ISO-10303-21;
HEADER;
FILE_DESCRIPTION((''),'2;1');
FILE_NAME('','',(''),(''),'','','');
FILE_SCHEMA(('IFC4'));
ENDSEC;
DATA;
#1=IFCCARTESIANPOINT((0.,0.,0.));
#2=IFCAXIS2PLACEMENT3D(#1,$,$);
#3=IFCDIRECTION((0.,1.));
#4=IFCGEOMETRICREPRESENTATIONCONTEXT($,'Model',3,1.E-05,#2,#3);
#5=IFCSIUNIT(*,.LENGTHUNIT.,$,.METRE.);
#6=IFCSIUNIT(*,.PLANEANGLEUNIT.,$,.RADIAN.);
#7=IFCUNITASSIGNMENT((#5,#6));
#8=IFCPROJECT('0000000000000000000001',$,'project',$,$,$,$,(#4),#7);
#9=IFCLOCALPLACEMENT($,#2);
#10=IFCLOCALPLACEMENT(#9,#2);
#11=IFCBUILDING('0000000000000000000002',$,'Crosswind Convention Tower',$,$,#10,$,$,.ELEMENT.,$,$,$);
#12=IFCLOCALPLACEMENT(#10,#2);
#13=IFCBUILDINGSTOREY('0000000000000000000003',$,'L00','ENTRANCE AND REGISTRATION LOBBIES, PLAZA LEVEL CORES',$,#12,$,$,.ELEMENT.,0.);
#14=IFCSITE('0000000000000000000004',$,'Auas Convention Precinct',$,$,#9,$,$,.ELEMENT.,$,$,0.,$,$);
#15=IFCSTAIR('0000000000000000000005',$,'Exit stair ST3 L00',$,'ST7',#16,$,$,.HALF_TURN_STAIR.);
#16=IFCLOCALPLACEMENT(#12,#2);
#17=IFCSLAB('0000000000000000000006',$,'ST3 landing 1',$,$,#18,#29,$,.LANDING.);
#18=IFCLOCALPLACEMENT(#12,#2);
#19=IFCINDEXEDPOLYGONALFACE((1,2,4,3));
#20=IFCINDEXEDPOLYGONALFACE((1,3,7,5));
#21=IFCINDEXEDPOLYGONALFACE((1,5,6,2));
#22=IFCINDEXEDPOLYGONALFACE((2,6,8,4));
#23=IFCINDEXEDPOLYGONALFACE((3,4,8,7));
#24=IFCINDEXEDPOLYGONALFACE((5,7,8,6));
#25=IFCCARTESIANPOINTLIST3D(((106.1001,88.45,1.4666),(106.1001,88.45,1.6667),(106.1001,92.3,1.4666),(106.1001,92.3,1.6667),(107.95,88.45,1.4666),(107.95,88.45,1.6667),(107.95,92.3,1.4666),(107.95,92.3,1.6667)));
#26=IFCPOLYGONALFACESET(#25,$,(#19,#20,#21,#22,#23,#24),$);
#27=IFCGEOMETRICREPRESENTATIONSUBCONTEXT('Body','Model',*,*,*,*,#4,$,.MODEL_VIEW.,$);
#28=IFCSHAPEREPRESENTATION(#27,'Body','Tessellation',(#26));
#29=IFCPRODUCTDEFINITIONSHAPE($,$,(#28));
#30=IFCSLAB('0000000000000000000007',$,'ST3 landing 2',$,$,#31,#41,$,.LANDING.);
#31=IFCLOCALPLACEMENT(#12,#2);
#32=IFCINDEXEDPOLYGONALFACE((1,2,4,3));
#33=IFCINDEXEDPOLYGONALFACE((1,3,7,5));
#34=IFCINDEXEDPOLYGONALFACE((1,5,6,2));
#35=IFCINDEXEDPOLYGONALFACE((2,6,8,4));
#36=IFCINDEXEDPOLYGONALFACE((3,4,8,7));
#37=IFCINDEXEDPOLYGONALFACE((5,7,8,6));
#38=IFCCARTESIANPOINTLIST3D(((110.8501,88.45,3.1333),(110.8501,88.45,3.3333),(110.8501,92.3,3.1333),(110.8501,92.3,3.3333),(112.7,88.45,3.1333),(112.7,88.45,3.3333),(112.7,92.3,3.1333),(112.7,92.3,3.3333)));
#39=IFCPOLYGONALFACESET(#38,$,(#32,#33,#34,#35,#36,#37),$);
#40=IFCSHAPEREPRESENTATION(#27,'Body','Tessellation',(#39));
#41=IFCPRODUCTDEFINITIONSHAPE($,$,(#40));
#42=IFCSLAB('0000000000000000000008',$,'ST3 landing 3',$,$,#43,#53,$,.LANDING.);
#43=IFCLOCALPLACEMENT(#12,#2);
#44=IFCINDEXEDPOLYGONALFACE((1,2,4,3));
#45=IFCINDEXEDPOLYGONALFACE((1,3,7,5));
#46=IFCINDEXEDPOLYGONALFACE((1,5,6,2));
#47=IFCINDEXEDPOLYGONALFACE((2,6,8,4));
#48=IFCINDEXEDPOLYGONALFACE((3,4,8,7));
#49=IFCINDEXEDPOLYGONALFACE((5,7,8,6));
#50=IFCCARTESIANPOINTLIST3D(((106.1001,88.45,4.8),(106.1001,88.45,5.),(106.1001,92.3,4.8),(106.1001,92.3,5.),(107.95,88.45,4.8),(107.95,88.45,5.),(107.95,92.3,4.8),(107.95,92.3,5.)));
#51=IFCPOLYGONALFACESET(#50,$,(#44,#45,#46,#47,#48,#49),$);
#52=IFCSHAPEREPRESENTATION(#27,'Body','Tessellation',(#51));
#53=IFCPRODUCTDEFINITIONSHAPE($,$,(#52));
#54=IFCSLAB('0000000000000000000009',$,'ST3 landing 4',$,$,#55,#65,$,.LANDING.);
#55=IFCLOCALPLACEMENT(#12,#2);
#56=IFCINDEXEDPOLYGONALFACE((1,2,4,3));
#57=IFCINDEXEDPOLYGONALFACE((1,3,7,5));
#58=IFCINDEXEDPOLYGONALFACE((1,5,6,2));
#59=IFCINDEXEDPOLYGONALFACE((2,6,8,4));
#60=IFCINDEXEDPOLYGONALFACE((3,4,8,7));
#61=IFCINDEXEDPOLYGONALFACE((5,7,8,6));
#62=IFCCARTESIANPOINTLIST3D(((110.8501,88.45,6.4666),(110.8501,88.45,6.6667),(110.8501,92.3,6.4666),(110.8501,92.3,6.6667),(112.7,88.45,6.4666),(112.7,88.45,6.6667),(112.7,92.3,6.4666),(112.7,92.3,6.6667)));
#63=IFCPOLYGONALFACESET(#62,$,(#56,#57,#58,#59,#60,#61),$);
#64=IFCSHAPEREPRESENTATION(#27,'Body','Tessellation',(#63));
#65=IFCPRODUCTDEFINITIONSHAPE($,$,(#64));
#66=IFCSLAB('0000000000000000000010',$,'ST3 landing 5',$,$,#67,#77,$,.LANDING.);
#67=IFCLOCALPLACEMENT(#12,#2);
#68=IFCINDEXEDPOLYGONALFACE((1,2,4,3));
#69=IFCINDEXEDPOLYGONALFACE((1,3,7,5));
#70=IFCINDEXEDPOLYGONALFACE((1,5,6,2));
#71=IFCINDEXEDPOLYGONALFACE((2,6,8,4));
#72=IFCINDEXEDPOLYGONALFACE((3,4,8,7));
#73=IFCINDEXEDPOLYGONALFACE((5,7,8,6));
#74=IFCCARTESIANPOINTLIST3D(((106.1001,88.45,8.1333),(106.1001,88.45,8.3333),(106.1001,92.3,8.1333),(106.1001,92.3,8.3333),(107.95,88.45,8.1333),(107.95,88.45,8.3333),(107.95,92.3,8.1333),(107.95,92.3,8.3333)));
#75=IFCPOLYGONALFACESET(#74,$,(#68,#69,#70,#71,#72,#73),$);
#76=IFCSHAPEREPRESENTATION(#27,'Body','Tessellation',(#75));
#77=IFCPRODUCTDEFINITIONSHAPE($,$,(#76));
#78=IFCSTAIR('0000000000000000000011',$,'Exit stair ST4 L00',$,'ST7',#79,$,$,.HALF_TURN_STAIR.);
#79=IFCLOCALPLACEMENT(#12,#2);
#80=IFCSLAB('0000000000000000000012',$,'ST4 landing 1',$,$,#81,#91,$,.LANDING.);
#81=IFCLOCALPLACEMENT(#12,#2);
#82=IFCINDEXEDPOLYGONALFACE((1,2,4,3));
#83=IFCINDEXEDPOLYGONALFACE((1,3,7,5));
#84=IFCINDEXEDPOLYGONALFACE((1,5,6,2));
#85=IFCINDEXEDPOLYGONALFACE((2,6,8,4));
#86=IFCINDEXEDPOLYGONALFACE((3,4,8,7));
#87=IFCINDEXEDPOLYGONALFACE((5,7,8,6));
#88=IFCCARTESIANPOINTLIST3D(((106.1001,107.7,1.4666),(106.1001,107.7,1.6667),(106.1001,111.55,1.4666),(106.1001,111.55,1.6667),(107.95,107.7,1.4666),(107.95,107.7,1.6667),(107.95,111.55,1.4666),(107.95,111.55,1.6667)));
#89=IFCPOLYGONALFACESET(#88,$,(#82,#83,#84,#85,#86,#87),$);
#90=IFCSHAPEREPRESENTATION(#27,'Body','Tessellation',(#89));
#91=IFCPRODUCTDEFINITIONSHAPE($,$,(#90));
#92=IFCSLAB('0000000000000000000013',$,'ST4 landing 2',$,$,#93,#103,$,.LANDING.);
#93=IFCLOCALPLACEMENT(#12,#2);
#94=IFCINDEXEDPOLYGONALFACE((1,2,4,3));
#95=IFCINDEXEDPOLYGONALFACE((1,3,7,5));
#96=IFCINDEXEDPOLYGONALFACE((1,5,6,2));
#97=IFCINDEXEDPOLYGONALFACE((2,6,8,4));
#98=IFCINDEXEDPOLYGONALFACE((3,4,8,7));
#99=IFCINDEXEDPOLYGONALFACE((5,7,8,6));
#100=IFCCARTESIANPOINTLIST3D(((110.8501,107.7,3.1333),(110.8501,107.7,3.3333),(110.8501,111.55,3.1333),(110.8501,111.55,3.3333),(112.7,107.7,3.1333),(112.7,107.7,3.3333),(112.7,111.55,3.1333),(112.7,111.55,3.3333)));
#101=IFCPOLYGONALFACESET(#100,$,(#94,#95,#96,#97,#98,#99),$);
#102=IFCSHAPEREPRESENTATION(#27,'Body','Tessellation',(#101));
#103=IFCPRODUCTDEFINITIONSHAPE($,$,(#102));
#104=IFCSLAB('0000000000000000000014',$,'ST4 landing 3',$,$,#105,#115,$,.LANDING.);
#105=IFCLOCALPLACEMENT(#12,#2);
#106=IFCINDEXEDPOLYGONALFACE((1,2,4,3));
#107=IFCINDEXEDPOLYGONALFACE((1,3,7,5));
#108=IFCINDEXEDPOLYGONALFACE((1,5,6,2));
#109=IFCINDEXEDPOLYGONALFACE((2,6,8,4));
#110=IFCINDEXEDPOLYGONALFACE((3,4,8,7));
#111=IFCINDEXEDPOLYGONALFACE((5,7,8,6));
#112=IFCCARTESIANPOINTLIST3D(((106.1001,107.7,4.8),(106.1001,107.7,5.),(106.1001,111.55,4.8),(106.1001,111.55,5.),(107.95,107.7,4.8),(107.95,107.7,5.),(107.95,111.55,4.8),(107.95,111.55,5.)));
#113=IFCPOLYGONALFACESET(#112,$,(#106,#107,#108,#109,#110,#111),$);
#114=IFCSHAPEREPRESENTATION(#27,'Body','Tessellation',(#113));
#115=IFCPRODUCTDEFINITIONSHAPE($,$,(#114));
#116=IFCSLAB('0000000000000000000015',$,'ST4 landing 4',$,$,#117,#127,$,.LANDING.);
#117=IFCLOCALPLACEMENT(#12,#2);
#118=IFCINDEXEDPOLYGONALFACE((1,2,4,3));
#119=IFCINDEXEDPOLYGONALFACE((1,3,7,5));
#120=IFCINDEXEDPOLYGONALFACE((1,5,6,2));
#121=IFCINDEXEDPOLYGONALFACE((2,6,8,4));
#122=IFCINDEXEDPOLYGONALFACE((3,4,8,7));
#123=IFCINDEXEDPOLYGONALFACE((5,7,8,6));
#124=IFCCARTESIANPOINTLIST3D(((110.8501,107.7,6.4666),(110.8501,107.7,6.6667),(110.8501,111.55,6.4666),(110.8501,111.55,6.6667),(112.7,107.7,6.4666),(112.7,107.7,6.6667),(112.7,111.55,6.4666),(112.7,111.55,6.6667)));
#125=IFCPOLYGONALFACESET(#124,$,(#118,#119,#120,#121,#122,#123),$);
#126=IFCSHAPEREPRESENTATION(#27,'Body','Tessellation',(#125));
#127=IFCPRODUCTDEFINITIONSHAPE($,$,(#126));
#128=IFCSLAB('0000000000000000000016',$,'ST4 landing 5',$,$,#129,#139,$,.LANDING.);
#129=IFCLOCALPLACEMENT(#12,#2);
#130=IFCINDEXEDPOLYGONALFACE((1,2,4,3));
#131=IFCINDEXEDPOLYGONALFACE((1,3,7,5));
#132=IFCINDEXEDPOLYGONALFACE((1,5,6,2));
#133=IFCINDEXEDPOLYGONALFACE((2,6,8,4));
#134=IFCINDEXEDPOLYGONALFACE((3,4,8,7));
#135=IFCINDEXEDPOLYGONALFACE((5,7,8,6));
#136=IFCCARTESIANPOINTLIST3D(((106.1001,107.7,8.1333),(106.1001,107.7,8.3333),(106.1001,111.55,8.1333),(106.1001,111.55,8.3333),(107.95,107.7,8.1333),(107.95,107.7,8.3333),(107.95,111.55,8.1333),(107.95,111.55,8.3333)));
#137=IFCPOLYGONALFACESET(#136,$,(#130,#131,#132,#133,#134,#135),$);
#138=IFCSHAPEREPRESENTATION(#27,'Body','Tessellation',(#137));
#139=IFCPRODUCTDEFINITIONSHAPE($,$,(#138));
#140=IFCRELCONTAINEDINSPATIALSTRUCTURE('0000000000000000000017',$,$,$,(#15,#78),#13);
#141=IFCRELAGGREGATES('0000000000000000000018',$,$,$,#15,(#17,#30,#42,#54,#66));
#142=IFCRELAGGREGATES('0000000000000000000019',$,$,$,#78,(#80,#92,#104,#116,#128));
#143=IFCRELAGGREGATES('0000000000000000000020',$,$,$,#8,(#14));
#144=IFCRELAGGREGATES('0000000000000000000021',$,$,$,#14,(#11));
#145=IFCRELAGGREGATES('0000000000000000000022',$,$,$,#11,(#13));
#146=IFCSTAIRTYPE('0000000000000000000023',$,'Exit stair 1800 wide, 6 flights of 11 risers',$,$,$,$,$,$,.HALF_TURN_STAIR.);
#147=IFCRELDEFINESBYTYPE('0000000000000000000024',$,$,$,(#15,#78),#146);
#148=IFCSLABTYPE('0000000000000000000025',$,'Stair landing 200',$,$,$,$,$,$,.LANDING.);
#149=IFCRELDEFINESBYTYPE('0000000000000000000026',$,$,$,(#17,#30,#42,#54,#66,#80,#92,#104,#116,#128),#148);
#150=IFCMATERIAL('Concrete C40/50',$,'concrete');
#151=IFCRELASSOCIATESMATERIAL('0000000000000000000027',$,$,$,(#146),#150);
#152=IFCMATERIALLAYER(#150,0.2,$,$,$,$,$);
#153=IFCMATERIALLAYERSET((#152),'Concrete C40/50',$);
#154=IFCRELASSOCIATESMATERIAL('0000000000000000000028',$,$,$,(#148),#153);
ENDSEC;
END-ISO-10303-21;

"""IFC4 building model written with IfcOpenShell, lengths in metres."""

from ifc_helpers import new_model, si_unit, direction, frame, origin, place, context, subcontext, project, spatial, polyline, outline, extrude, material, layer, layer_set, type_object, element, aggregate, save


model = new_model("IFC4")

# Units and contexts
model_context = context("Model", 3, precision=1e-05, world=origin(), true_north=direction((0.0, 1.0)))
body_context = subcontext(model_context, "Body", "Model", "MODEL_VIEW")
ifc_project = project(units=[si_unit("LENGTHUNIT", "METRE"), si_unit("PLANEANGLEUNIT", "RADIAN")], contexts=[model_context])

# Site, building, storey
site_placement = place(None, origin())
site = spatial("IfcSite", under=ifc_project, at=site_placement, Name="Auas Convention Precinct", CompositionType="ELEMENT", RefElevation=0.0)
building_placement = place(site_placement, origin())
building = spatial("IfcBuilding", under=site, at=building_placement, Name="Crosswind Convention Tower", CompositionType="ELEMENT")
storey_placement = place(building_placement, origin())
storey = spatial("IfcBuildingStorey", under=building, at=storey_placement, Name="L00", Description="ENTRANCE AND REGISTRATION LOBBIES, PLAZA LEVEL CORES", CompositionType="ELEMENT", Elevation=0.0)

# Shared definitions
ifc_material_1 = material(Name="Concrete C40/50", Category="concrete")

# Stairs, slabs
stair_type = type_object("IfcStairType", Name="Exit stair 1800 wide, 6 flights of 11 risers", PredefinedType="HALF_TURN_STAIR", material=ifc_material_1)
ifc_layer_1 = layer(ifc_material_1, 0.2)
ifc_layer_set_1 = layer_set([ifc_layer_1], Name="Concrete C40/50")
slab_type_1 = type_object("IfcSlabType", Name="Stair landing 200", PredefinedType="LANDING", material=ifc_layer_set_1)
stair_1_placement = place(storey_placement, origin())
stair_1 = element("IfcStair", 1, at=stair_1_placement, inside=storey, type_object=stair_type, Name="Exit stair ST3 L00", ObjectType="ST7", PredefinedType="HALF_TURN_STAIR")
slab_1_placement = place(storey_placement, frame((0.0, 0.0, 1.4666)))
slab_1 = element("IfcSlab", 2, at=slab_1_placement, type_object=slab_type_1, Name="ST3 landing 1", PredefinedType="LANDING", context=body_context, shape_type="SweptSolid", body=[
    extrude(outline(polyline([(107.95, 88.45), (107.95, 92.3), (106.1001, 92.3), (106.1001, 88.45), (107.95, 88.45)])), origin(), (0.0, 0.0, 1.0), 0.2002),
])
slab_2_placement = place(storey_placement, frame((0.0, 0.0, 3.1333)))
slab_2 = element("IfcSlab", 3, at=slab_2_placement, type_object=slab_type_1, Name="ST3 landing 2", PredefinedType="LANDING", context=body_context, shape_type="SweptSolid", body=[
    extrude(outline(polyline([(112.7, 88.45), (112.7, 92.3), (110.8501, 92.3), (110.8501, 88.45), (112.7, 88.45)])), origin(), (0.0, 0.0, 1.0), 0.2),
])
slab_3_placement = place(storey_placement, frame((0.0, 0.0, 4.8)))
slab_3 = element("IfcSlab", 4, at=slab_3_placement, type_object=slab_type_1, Name="ST3 landing 3", PredefinedType="LANDING", context=body_context, shape_type="SweptSolid", body=[
    extrude(outline(polyline([(107.95, 88.45), (107.95, 92.3), (106.1001, 92.3), (106.1001, 88.45), (107.95, 88.45)])), origin(), (0.0, 0.0, 1.0), 0.2),
])
slab_4_placement = place(storey_placement, frame((0.0, 0.0, 6.4666)))
slab_4 = element("IfcSlab", 5, at=slab_4_placement, type_object=slab_type_1, Name="ST3 landing 4", PredefinedType="LANDING", context=body_context, shape_type="SweptSolid", body=[
    extrude(outline(polyline([(112.7, 88.45), (112.7, 92.3), (110.8501, 92.3), (110.8501, 88.45), (112.7, 88.45)])), origin(), (0.0, 0.0, 1.0), 0.2002),
])
slab_5_placement = place(storey_placement, frame((0.0, 0.0, 8.1333)))
slab_5 = element("IfcSlab", 6, at=slab_5_placement, type_object=slab_type_1, Name="ST3 landing 5", PredefinedType="LANDING", context=body_context, shape_type="SweptSolid", body=[
    extrude(outline(polyline([(107.95, 88.45), (107.95, 92.3), (106.1001, 92.3), (106.1001, 88.45), (107.95, 88.45)])), origin(), (0.0, 0.0, 1.0), 0.2),
])
aggregate(stair_1, [slab_1, slab_2, slab_3, slab_4, slab_5])
stair_2_placement = place(storey_placement, origin())
stair_2 = element("IfcStair", 7, at=stair_2_placement, inside=storey, type_object=stair_type, Name="Exit stair ST4 L00", ObjectType="ST7", PredefinedType="HALF_TURN_STAIR")
slab_6_placement = place(storey_placement, frame((0.0, 0.0, 1.4666)))
slab_6 = element("IfcSlab", 8, at=slab_6_placement, type_object=slab_type_1, Name="ST4 landing 1", PredefinedType="LANDING", context=body_context, shape_type="SweptSolid", body=[
    extrude(outline(polyline([(107.95, 107.7), (107.95, 111.55), (106.1001, 111.55), (106.1001, 107.7), (107.95, 107.7)])), origin(), (0.0, 0.0, 1.0), 0.2002),
])
slab_7_placement = place(storey_placement, frame((0.0, 0.0, 3.1333)))
slab_7 = element("IfcSlab", 9, at=slab_7_placement, type_object=slab_type_1, Name="ST4 landing 2", PredefinedType="LANDING", context=body_context, shape_type="SweptSolid", body=[
    extrude(outline(polyline([(112.7, 107.7), (112.7, 111.55), (110.8501, 111.55), (110.8501, 107.7), (112.7, 107.7)])), origin(), (0.0, 0.0, 1.0), 0.2),
])
slab_8_placement = place(storey_placement, frame((0.0, 0.0, 4.8)))
slab_8 = element("IfcSlab", 10, at=slab_8_placement, type_object=slab_type_1, Name="ST4 landing 3", PredefinedType="LANDING", context=body_context, shape_type="SweptSolid", body=[
    extrude(outline(polyline([(107.95, 107.7), (107.95, 111.55), (106.1001, 111.55), (106.1001, 107.7), (107.95, 107.7)])), origin(), (0.0, 0.0, 1.0), 0.2),
])
slab_9_placement = place(storey_placement, frame((0.0, 0.0, 6.4666)))
slab_9 = element("IfcSlab", 11, at=slab_9_placement, type_object=slab_type_1, Name="ST4 landing 4", PredefinedType="LANDING", context=body_context, shape_type="SweptSolid", body=[
    extrude(outline(polyline([(112.7, 107.7), (112.7, 111.55), (110.8501, 111.55), (110.8501, 107.7), (112.7, 107.7)])), origin(), (0.0, 0.0, 1.0), 0.2002),
])
slab_10_placement = place(storey_placement, frame((0.0, 0.0, 8.1333)))
slab_10 = element("IfcSlab", 12, at=slab_10_placement, type_object=slab_type_1, Name="ST4 landing 5", PredefinedType="LANDING", context=body_context, shape_type="SweptSolid", body=[
    extrude(outline(polyline([(107.95, 107.7), (107.95, 111.55), (106.1001, 111.55), (106.1001, 107.7), (107.95, 107.7)])), origin(), (0.0, 0.0, 1.0), 0.2),
])
aggregate(stair_2, [slab_6, slab_7, slab_8, slab_9, slab_10])

save(model, "model.ifc")
